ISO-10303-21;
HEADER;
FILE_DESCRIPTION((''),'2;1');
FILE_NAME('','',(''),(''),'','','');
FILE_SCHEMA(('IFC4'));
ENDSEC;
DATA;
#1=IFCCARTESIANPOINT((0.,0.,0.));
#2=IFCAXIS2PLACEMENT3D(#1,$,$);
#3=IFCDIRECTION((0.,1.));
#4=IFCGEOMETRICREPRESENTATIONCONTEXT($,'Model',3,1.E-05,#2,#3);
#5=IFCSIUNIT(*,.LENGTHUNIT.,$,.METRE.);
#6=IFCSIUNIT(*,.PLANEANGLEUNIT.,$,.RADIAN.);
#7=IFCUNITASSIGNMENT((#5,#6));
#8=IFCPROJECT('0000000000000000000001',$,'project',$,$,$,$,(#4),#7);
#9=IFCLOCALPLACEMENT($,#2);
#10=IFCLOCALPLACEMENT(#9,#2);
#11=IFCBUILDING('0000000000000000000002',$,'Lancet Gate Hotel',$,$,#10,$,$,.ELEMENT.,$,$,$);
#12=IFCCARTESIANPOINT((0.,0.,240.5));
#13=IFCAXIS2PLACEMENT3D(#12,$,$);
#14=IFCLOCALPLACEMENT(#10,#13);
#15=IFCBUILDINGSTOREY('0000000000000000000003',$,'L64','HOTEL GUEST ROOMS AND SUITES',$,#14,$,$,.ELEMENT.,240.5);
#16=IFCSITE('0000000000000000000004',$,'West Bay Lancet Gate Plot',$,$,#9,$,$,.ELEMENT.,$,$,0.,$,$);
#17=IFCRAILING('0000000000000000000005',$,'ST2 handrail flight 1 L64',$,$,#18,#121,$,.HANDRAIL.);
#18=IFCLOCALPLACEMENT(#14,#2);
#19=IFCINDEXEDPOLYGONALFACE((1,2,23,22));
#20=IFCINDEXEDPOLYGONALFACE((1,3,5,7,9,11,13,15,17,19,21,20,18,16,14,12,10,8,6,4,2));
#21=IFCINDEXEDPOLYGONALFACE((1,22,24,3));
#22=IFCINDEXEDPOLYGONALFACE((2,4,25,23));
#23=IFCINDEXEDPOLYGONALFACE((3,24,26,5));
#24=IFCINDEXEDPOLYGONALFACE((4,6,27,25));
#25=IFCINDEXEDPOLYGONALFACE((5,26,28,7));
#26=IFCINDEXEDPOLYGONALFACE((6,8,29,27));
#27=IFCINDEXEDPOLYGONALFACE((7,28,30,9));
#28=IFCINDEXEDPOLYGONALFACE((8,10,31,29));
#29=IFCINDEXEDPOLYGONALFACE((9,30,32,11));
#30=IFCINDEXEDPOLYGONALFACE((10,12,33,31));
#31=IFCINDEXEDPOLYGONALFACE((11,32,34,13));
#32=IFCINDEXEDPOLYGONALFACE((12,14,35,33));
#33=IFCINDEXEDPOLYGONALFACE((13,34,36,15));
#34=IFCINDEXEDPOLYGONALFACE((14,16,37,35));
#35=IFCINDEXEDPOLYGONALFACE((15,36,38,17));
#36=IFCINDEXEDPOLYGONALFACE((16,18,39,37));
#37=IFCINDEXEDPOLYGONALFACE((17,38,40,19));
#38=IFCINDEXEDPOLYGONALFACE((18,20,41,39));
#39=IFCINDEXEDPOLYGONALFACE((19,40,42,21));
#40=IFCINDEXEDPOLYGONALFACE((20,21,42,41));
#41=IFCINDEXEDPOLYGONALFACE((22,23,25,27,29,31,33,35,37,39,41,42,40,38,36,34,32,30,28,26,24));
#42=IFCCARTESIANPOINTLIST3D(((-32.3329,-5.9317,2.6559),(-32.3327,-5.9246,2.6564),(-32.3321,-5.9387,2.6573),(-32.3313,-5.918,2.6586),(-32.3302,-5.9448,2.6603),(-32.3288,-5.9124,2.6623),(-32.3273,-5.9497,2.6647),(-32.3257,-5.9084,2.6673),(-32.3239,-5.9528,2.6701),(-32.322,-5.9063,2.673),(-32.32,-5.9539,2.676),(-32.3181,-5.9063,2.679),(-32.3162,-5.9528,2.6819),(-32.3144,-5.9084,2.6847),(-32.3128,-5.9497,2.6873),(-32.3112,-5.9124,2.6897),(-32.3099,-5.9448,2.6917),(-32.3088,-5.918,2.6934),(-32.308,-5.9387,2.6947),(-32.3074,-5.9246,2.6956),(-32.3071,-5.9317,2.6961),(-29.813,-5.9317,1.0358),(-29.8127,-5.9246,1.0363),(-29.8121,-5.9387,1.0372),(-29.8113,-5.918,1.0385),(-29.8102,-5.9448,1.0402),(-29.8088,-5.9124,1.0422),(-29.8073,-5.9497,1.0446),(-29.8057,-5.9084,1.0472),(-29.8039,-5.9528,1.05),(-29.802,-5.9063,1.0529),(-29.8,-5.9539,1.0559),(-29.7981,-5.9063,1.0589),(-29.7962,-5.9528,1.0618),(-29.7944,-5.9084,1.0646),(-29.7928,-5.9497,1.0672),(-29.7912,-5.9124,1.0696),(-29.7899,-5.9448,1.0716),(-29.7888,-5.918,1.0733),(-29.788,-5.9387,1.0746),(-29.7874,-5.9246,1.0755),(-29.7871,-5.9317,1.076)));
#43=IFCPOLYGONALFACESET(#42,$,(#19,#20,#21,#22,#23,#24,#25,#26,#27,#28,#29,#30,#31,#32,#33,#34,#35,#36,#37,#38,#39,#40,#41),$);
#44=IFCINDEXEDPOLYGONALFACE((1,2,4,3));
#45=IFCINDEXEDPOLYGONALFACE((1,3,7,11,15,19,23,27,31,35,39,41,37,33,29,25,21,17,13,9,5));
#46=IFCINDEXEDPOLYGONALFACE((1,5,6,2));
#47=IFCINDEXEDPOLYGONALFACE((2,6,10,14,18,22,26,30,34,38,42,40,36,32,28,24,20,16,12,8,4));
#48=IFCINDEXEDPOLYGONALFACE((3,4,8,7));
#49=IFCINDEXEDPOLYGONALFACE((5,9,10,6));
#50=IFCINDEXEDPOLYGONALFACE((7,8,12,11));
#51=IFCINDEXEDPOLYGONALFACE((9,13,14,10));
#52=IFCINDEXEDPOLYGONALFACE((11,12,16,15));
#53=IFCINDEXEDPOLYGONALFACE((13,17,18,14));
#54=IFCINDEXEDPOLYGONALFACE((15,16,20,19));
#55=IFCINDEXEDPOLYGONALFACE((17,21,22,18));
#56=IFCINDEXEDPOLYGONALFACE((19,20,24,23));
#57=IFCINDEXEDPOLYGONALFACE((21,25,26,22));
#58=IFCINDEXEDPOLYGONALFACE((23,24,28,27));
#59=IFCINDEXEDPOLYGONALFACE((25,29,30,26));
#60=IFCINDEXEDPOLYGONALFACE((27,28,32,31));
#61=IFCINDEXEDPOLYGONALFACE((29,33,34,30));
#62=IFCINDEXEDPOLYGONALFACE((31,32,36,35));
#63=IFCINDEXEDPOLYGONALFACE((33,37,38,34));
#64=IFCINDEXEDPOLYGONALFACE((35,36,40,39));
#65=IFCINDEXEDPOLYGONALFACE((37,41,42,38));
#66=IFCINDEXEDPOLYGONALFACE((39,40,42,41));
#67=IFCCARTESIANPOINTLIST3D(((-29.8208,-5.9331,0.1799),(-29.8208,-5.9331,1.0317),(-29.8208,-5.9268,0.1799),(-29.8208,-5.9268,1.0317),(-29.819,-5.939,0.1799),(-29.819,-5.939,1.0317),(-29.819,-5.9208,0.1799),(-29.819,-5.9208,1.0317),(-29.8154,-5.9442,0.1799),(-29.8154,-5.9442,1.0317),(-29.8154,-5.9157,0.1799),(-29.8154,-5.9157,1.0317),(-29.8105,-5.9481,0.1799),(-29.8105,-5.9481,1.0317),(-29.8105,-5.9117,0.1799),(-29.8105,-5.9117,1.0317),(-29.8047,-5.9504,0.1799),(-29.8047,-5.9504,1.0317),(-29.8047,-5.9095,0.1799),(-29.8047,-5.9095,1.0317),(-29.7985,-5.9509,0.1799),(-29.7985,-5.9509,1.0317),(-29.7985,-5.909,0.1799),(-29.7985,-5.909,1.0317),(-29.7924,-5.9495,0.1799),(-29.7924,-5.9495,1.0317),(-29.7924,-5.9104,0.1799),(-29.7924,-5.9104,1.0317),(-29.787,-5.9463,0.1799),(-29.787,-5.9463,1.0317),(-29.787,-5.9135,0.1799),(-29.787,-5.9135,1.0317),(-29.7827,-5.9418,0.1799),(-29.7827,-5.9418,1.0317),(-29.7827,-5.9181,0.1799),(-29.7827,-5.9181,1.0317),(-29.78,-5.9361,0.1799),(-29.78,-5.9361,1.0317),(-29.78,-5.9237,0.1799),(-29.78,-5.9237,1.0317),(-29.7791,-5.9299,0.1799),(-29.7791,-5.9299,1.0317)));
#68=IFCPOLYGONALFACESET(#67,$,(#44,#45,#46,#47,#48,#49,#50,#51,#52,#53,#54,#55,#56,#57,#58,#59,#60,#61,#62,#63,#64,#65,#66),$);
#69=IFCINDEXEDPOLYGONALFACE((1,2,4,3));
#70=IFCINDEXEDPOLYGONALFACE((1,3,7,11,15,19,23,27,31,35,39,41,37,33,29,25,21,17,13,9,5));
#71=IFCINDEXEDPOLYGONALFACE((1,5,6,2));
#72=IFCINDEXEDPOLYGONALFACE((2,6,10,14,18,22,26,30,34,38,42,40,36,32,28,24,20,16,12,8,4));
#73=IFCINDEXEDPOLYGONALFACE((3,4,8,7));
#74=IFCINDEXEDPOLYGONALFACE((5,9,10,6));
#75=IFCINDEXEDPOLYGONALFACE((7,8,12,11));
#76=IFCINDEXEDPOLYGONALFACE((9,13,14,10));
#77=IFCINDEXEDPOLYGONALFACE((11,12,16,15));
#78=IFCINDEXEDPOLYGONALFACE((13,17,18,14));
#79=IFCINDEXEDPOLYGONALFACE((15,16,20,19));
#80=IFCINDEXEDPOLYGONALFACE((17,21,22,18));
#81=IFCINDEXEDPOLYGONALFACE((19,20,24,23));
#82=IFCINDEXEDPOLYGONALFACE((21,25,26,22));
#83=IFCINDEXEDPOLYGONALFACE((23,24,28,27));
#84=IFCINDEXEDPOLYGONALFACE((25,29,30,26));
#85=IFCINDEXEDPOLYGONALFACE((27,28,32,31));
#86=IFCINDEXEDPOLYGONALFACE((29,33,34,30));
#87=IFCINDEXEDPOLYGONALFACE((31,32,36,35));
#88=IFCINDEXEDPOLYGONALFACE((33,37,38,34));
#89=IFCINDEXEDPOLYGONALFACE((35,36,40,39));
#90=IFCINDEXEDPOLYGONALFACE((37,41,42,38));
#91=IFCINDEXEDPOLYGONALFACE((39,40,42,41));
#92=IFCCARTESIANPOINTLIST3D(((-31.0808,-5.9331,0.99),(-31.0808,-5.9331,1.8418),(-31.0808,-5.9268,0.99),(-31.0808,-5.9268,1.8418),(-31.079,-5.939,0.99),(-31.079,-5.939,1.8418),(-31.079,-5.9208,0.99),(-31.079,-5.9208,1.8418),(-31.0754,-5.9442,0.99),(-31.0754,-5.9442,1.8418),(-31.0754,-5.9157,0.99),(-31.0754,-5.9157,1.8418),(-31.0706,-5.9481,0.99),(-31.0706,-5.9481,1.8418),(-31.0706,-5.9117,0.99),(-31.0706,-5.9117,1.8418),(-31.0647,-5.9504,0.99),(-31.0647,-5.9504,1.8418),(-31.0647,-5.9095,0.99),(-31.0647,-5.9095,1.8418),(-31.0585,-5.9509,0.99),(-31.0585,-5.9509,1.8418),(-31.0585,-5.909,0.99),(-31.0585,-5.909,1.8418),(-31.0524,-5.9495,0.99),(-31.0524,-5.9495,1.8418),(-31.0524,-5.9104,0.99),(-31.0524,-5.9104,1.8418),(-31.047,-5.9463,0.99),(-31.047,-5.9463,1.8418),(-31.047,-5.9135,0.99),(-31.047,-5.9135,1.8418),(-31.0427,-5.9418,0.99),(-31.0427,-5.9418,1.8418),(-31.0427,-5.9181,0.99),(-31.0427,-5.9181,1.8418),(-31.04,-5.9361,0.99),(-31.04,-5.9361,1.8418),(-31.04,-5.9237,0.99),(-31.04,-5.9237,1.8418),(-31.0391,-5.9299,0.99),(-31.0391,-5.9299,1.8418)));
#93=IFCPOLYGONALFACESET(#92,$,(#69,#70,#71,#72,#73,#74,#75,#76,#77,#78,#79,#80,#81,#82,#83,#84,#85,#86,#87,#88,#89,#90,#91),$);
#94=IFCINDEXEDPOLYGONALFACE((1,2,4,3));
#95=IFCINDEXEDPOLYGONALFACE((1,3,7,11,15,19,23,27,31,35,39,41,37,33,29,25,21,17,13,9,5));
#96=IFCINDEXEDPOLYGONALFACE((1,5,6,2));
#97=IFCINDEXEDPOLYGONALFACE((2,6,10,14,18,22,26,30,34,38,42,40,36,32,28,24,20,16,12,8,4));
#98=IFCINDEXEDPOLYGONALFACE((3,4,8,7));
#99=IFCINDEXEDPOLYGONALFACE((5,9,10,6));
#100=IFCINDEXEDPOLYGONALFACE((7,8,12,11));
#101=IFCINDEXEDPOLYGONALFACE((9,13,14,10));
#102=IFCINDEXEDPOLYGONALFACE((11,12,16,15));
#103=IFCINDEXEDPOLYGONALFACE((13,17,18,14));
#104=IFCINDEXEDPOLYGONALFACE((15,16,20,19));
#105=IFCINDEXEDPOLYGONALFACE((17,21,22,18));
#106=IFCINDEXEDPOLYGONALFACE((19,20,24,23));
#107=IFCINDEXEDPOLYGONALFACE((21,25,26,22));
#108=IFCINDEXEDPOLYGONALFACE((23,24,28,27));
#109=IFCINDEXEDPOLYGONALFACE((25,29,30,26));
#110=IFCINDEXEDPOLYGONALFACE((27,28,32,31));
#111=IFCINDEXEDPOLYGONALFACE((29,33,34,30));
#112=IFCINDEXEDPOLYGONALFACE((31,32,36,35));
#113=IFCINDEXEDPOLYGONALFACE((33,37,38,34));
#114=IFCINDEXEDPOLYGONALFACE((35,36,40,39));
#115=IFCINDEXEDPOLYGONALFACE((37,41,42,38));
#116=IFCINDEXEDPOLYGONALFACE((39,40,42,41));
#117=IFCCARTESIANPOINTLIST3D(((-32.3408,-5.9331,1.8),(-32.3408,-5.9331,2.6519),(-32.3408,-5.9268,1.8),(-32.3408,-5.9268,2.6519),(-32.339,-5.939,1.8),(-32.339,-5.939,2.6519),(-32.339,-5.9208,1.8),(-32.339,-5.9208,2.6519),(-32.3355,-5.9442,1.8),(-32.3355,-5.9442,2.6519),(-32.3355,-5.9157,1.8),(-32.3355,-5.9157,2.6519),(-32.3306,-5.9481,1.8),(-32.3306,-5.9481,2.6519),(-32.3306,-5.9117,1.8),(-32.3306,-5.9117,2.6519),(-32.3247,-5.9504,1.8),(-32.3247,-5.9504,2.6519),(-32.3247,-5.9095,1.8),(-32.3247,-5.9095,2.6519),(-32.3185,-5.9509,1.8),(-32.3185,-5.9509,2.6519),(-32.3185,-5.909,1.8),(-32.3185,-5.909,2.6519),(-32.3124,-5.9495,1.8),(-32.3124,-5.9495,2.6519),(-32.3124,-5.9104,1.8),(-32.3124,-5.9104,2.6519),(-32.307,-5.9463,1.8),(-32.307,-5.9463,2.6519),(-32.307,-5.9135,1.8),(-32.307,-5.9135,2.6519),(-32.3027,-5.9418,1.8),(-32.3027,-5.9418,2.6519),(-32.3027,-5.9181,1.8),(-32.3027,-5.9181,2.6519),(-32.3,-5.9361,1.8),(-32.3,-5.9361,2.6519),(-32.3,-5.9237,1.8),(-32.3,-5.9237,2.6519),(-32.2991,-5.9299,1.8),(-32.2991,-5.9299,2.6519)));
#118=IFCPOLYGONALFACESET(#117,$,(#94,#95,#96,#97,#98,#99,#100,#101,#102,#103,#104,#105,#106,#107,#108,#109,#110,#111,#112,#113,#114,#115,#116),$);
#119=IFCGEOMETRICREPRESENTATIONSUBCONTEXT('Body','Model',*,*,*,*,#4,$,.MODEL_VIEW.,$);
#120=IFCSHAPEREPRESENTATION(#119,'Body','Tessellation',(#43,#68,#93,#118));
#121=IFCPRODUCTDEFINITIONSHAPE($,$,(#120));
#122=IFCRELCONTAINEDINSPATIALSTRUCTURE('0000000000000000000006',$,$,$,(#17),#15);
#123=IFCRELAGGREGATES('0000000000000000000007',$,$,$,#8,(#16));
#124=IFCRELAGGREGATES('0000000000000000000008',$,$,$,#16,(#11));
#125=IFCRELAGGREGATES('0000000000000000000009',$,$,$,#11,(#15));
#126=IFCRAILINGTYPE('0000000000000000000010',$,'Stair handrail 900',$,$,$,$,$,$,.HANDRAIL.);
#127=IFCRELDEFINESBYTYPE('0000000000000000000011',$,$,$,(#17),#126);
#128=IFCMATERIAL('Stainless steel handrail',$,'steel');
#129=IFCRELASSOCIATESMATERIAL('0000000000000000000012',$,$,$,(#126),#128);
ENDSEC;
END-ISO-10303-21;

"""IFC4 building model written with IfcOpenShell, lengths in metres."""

from ifc_helpers import new_model, si_unit, direction, frame, origin, origin_2d, place, context, subcontext, project, spatial, circle, extrude, material, type_object, element, save


model = new_model("IFC4")

# Units and contexts
model_context = context("Model", 3, precision=1e-05, world=origin(), true_north=direction((0.0, 1.0)))
body_context = subcontext(model_context, "Body", "Model", "MODEL_VIEW")
ifc_project = project(units=[si_unit("LENGTHUNIT", "METRE"), si_unit("PLANEANGLEUNIT", "RADIAN")], contexts=[model_context])

# Site, building, storey
site_placement = place(None, origin())
site = spatial("IfcSite", under=ifc_project, at=site_placement, Name="West Bay Lancet Gate Plot", CompositionType="ELEMENT", RefElevation=0.0)
building_placement = place(site_placement, origin())
building = spatial("IfcBuilding", under=site, at=building_placement, Name="Lancet Gate Hotel", CompositionType="ELEMENT")
storey_placement = place(building_placement, frame((0.0, 0.0, 240.5)))
storey = spatial("IfcBuildingStorey", under=building, at=storey_placement, Name="L64", Description="HOTEL GUEST ROOMS AND SUITES", CompositionType="ELEMENT", Elevation=240.5)

# Railing
ifc_material_1 = material(Name="Stainless steel handrail", Category="steel")
railing_type = type_object("IfcRailingType", Name="Stair handrail 900", PredefinedType="HANDRAIL", material=ifc_material_1)
railing_1_placement = place(storey_placement, frame((-29.8, -5.9299, 0.1799)))
element("IfcRailing", 1, at=railing_1_placement, inside=storey, type_object=railing_type, Name="ST2 handrail flight 1 L64", PredefinedType="HANDRAIL", context=body_context, shape_type="SweptSolid", body=[
    extrude(circle(Radius=0.0239, at=origin_2d()), frame((0.0, 0.0, 0.876), z_axis=(-0.841163, 0.0, 0.540782), x_axis=(0.0, -1.0, 0.0)), (0.0, 0.0, 1.0), 2.9958),
    extrude(circle(Radius=0.021, at=origin_2d()), origin(), (0.0, 0.0, 1.0), 0.8518),
    extrude(circle(Radius=0.021, at=origin_2d()), frame((-1.26, 0.0, 0.8101)), (0.0, 0.0, 1.0), 0.8518),
    extrude(circle(Radius=0.021, at=origin_2d()), frame((-2.52, 0.0, 1.6201)), (0.0, 0.0, 1.0), 0.8518),
])

save(model, "model.ifc")
